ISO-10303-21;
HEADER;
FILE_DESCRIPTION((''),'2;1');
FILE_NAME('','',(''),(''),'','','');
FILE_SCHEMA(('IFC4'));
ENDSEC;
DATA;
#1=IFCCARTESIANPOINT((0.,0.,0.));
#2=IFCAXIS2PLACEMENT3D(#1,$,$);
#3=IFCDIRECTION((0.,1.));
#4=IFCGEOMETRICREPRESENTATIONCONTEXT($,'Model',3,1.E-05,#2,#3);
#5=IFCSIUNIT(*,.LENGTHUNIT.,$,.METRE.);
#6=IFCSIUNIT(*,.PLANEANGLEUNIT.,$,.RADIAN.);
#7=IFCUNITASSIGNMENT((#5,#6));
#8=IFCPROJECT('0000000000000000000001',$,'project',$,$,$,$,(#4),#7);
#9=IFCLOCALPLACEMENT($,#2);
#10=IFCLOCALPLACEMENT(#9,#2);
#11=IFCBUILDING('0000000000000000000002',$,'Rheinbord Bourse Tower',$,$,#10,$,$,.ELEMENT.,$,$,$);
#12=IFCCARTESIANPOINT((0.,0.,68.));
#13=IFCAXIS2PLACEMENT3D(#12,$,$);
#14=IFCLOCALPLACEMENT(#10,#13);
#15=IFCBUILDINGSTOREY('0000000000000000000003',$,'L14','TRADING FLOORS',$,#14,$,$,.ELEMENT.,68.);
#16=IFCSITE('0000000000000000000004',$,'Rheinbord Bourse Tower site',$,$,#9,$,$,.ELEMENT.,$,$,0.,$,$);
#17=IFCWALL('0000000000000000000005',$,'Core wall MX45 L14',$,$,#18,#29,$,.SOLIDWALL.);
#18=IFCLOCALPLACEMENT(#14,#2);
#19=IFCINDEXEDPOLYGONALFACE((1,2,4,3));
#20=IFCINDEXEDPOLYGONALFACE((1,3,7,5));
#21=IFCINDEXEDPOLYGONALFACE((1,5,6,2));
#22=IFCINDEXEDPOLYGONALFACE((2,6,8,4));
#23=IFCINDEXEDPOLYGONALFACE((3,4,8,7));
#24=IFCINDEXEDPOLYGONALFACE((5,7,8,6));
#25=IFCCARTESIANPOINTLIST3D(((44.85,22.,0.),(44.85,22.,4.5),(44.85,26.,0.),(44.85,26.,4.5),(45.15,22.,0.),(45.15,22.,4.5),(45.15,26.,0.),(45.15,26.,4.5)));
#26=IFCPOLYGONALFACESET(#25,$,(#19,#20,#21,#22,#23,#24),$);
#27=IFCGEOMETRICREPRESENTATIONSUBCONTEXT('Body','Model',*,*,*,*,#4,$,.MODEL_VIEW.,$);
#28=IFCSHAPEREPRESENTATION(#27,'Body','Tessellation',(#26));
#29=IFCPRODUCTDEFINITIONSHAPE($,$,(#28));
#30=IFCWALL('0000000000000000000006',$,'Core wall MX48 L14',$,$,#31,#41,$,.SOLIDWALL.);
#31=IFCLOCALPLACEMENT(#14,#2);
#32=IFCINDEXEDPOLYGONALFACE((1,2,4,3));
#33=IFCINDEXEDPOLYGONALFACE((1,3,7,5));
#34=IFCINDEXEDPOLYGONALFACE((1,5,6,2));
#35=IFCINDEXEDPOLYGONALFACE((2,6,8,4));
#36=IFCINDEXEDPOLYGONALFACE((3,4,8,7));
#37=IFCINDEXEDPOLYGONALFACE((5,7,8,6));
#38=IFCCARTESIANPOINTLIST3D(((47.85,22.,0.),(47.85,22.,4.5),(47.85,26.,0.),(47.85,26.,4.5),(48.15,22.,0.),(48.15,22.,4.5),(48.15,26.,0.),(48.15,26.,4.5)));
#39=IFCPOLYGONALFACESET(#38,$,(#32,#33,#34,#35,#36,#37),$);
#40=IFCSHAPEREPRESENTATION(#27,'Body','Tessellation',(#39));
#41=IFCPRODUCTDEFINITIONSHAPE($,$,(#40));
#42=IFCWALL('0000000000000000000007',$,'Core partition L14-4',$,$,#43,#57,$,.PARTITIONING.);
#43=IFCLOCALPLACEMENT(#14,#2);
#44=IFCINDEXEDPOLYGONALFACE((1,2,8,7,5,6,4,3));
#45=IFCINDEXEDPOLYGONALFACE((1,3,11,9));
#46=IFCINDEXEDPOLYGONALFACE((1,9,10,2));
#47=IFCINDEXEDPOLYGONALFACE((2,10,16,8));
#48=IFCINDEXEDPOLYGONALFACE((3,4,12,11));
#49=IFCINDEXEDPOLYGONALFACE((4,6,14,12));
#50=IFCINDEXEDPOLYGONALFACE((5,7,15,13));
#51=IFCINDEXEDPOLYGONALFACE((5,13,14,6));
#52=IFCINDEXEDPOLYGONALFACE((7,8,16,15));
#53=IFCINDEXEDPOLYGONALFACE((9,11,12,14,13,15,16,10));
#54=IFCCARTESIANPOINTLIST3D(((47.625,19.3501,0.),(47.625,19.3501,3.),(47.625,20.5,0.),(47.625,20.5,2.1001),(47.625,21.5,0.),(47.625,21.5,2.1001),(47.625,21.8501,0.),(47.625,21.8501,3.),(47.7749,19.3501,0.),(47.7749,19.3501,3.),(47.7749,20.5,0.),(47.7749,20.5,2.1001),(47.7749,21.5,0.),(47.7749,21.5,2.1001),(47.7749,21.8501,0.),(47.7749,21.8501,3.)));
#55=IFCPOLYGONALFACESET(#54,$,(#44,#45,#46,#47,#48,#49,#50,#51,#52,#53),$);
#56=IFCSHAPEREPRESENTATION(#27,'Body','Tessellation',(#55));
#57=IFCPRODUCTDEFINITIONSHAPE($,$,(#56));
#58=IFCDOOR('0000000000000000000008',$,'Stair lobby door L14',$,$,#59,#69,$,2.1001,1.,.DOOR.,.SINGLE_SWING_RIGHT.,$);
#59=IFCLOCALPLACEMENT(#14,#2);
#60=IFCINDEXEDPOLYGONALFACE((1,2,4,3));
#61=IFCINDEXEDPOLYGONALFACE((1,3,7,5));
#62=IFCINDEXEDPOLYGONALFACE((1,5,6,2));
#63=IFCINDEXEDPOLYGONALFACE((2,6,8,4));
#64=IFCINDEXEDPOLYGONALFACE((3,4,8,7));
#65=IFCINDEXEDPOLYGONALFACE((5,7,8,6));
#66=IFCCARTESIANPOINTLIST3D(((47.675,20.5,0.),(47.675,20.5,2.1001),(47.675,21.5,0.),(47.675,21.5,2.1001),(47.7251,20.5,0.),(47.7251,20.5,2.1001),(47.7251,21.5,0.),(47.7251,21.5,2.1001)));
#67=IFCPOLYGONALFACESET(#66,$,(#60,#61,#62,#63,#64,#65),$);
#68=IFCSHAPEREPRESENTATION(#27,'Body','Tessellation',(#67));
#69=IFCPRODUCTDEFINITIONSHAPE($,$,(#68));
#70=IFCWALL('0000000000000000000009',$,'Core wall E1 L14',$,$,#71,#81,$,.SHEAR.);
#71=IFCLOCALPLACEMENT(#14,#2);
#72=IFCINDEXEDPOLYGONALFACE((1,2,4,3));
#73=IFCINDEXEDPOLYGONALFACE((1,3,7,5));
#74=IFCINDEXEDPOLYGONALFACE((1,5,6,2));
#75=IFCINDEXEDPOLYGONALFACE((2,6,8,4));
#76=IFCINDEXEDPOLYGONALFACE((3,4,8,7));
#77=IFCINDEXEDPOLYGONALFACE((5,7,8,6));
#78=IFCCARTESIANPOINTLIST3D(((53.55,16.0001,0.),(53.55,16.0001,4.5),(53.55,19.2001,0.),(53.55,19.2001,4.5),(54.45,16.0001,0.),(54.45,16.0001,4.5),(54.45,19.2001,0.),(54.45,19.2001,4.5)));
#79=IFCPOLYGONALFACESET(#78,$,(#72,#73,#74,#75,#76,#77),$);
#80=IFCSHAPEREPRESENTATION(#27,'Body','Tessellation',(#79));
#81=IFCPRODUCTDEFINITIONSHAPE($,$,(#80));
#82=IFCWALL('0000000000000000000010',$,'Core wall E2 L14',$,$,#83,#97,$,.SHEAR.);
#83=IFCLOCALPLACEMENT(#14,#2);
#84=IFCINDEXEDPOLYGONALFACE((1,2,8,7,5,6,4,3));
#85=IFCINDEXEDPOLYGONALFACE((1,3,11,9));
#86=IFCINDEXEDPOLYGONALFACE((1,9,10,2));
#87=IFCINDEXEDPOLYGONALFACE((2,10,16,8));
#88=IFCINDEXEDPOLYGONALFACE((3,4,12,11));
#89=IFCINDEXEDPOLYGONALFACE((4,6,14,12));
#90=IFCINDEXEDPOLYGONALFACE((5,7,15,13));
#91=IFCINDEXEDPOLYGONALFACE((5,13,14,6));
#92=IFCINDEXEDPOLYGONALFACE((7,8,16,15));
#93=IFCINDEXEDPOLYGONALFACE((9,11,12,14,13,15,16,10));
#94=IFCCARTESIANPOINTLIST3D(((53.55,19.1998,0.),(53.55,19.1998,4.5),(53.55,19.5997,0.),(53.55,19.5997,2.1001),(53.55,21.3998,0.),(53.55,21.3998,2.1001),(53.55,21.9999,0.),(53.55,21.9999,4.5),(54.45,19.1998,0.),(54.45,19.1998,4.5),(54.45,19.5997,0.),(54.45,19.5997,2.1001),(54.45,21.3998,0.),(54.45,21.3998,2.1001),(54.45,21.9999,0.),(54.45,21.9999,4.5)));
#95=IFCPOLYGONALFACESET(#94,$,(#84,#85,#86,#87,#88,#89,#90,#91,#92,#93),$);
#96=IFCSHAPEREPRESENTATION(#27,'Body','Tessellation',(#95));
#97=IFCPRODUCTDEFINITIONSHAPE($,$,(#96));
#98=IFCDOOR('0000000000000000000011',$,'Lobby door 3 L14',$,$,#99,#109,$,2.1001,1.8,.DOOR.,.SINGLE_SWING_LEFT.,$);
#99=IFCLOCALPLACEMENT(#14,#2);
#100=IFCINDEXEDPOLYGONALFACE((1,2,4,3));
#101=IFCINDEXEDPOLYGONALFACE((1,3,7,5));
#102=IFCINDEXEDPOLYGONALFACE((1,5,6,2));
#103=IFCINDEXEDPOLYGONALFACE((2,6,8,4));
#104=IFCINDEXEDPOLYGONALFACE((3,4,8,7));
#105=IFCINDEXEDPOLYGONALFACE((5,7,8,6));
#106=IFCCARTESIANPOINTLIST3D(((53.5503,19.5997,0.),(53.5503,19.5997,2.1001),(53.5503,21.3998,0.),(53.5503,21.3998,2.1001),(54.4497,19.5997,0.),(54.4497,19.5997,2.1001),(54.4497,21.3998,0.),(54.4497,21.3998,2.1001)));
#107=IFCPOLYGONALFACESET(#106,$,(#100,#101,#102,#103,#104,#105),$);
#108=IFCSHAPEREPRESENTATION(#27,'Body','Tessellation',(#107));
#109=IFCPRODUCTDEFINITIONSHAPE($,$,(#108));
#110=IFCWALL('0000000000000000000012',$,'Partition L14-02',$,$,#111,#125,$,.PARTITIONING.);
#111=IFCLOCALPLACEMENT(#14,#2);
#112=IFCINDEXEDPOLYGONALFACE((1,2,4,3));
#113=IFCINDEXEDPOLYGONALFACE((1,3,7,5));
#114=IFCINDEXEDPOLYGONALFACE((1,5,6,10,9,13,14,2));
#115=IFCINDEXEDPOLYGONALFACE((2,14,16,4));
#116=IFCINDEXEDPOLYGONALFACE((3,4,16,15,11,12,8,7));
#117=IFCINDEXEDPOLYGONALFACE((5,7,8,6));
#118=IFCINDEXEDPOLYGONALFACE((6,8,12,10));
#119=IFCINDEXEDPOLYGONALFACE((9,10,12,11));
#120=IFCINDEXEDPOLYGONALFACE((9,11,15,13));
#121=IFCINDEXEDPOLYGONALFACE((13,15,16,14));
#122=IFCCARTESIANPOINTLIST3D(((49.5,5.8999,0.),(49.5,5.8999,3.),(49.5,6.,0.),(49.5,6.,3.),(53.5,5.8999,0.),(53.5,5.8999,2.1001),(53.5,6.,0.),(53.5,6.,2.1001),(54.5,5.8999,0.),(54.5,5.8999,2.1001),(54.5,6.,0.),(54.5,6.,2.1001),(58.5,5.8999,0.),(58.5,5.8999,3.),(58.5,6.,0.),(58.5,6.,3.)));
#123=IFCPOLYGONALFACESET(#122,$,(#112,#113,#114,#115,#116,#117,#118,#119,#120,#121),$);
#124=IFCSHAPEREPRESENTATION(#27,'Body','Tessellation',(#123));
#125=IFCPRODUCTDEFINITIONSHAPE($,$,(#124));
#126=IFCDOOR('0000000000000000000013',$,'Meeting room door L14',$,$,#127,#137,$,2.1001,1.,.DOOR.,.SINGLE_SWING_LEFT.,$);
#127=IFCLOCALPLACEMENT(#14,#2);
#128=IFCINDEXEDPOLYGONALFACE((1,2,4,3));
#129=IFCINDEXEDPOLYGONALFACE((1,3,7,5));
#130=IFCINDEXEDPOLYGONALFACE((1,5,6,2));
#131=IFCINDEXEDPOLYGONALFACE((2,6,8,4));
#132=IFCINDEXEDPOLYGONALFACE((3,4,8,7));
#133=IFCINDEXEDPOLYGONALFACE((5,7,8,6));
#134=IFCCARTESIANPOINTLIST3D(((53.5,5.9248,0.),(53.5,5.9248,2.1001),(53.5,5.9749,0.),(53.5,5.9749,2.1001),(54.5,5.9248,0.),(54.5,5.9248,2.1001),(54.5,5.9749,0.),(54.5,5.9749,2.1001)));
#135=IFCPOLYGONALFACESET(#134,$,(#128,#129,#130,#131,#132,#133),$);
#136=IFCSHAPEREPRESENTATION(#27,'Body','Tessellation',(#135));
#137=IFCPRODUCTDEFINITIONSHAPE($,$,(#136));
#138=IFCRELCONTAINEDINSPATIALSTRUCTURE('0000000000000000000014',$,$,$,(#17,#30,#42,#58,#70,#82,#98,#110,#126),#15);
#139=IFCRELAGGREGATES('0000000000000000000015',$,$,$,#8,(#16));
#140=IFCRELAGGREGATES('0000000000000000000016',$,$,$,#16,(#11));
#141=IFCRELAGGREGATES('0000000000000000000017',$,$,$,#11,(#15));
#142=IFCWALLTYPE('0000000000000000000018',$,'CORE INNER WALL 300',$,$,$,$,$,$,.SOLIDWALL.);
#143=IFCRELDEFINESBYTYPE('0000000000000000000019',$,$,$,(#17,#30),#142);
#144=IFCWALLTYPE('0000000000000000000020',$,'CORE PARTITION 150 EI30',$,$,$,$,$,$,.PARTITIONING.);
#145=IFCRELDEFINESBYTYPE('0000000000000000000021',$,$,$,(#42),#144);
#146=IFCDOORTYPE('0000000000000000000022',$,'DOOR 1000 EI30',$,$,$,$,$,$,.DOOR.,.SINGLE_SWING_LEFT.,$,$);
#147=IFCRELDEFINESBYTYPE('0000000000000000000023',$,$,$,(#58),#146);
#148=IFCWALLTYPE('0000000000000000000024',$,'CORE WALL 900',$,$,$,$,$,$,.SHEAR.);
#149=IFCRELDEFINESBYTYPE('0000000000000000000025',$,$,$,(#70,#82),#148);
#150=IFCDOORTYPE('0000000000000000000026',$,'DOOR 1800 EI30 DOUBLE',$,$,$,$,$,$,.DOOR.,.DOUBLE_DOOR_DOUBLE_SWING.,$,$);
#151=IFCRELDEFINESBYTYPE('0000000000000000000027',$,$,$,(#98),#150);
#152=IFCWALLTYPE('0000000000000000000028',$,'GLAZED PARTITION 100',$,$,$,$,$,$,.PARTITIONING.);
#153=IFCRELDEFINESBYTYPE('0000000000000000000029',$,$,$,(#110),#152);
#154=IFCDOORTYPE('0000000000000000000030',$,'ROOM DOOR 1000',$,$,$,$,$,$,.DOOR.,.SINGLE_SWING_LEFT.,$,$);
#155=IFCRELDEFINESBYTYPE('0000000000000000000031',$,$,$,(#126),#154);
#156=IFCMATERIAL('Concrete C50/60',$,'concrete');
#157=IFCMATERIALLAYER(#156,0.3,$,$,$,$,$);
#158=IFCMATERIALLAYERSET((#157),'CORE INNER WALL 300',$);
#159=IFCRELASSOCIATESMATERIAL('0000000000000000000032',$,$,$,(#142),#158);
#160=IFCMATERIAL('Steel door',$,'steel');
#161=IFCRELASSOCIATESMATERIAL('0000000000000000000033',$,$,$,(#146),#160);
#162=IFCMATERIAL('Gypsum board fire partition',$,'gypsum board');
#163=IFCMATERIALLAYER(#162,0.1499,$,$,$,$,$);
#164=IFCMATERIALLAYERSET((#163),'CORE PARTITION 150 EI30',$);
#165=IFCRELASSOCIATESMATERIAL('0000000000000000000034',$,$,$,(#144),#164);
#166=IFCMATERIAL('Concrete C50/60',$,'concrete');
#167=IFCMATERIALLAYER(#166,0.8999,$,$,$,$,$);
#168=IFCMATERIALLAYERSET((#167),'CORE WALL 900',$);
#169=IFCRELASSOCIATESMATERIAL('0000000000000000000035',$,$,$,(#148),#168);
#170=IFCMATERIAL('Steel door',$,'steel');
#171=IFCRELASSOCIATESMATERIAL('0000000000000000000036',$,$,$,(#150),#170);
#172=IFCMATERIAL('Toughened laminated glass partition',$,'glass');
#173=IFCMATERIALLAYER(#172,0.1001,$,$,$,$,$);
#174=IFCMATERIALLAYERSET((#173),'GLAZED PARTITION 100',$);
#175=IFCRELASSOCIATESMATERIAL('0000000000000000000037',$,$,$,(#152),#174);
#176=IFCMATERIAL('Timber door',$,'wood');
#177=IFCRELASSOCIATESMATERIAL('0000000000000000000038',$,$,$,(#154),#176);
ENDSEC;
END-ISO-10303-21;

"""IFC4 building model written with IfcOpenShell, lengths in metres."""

from ifc_helpers import new_model, si_unit, direction, frame, frame_2d, origin, place, context, subcontext, project, spatial, rectangle, extrude, material, layer, layer_set, type_object, element, fill, save


model = new_model("IFC4")

# Units and contexts
model_context = context("Model", 3, precision=1e-05, world=origin(), true_north=direction((0.0, 1.0)))
body_context = subcontext(model_context, "Body", "Model", "MODEL_VIEW")
ifc_project = project(units=[si_unit("LENGTHUNIT", "METRE"), si_unit("PLANEANGLEUNIT", "RADIAN")], contexts=[model_context])

# Site, building, storey
site_placement = place(None, origin())
site = spatial("IfcSite", under=ifc_project, at=site_placement, Name="Rheinbord Bourse Tower site", CompositionType="ELEMENT", RefElevation=0.0)
building_placement = place(site_placement, origin())
building = spatial("IfcBuilding", under=site, at=building_placement, Name="Rheinbord Bourse Tower", CompositionType="ELEMENT")
storey_placement = place(building_placement, frame((0.0, 0.0, 68.0)))
storey = spatial("IfcBuildingStorey", under=building, at=storey_placement, Name="L14", Description="TRADING FLOORS", CompositionType="ELEMENT", Elevation=68.0)

# Shared definitions
ifc_material_1 = material(Name="Concrete C50/60", Category="concrete")
ifc_layer_1 = layer(ifc_material_1, 0.3)
ifc_layer_set_1 = layer_set([ifc_layer_1], Name="CORE INNER WALL 300")
wall_type_1 = type_object("IfcWallType", Name="CORE INNER WALL 300", PredefinedType="SOLIDWALL", material=ifc_layer_set_1)

# Shared definitions
ifc_material_2 = material(Name="Steel door", Category="steel")
door_type_1 = type_object("IfcDoorType", Name="DOOR 1000 EI30", OperationType="SINGLE_SWING_LEFT", PredefinedType="DOOR", material=ifc_material_2)

# Walls
for number, where, z_axis, x_axis, name in (
    (1, (45.0, 22.0, 0.0), (0.0, 0.0, 1.0), (0.0, 1.0, 0.0), "Core wall MX45 L14"),
    (2, (48.0, 22.0, 0.0), (0.0, 0.0, 1.0), (0.0, 1.0, 0.0), "Core wall MX48 L14"),
):
    element("IfcWall", number, at=place(storey_placement, frame(where, z_axis=z_axis, x_axis=x_axis)), inside=storey, type_object=wall_type_1, Name=name, PredefinedType="SOLIDWALL", context=body_context, shape_type="SweptSolid", body=[
        extrude(rectangle(XDim=4.0, YDim=0.3, at=frame_2d((2.0, 0.0))), origin(), (0.0, 0.0, 1.0), 4.5),
    ])

# Wall, opening, door
ifc_material_3 = material(Name="Gypsum board fire partition", Category="gypsum board")
ifc_layer_2 = layer(ifc_material_3, 0.1499)
ifc_layer_set_2 = layer_set([ifc_layer_2], Name="CORE PARTITION 150 EI30")
wall_type_2 = type_object("IfcWallType", Name="CORE PARTITION 150 EI30", PredefinedType="PARTITIONING", material=ifc_layer_set_2)
wall_1_placement = place(storey_placement, frame((47.7, 19.3501, 0.0), z_axis=(0.0, 0.0, 1.0), x_axis=(0.0, 1.0, 0.0)))
wall_1 = element("IfcWall", 3, at=wall_1_placement, inside=storey, type_object=wall_type_2, Name="Core partition L14-4", PredefinedType="PARTITIONING", context=body_context, shape_type="SweptSolid", body=[
    extrude(rectangle(XDim=2.5, YDim=0.1499, at=frame_2d((1.25, 0.0))), origin(), (0.0, 0.0, 1.0), 3.0),
])
opening_1_placement = place(wall_1_placement, frame((1.1499, 0.0, 0.0)))
opening_1 = element("IfcOpeningElement", 4, at=opening_1_placement, cuts=wall_1, PredefinedType="OPENING", context=body_context, shape_type="SweptSolid", body=[
    extrude(rectangle(XDim=1.0, YDim=2.1001, at=frame_2d((0.5, 1.05))), frame((0.0, 0.085, 0.0), z_axis=(0.0, -1.0, 0.0), x_axis=(1.0, 0.0, 0.0)), (0.0, 0.0, 1.0), 0.1699),
])
door_1_placement = place(opening_1_placement, origin())
door_1 = element("IfcDoor", 5, at=door_1_placement, inside=storey, type_object=door_type_1, Name="Stair lobby door L14", OperationType="SINGLE_SWING_RIGHT", OverallHeight=2.1001, OverallWidth=1.0, PredefinedType="DOOR", context=body_context, shape_type="SweptSolid", body=[
    extrude(rectangle(XDim=1.0, YDim=2.1001, at=frame_2d((0.5, 1.05))), frame((0.0, 0.0249, 0.0), z_axis=(0.0, -1.0, 0.0), x_axis=(1.0, 0.0, 0.0)), (0.0, 0.0, 1.0), 0.05),
])
fill(opening_1, door_1)

# Wall
ifc_material_4 = material(Name="Concrete C50/60", Category="concrete")
ifc_layer_3 = layer(ifc_material_4, 0.8999)
ifc_layer_set_3 = layer_set([ifc_layer_3], Name="CORE WALL 900")
wall_type_3 = type_object("IfcWallType", Name="CORE WALL 900", PredefinedType="SHEAR", material=ifc_layer_set_3)
wall_2_placement = place(storey_placement, frame((54.0, 16.0, 0.0), z_axis=(0.0, 0.0, 1.0), x_axis=(0.0, 1.0, 0.0)))
element("IfcWall", 6, at=wall_2_placement, inside=storey, type_object=wall_type_3, Name="Core wall E1 L14", PredefinedType="SHEAR", context=body_context, shape_type="SweptSolid", body=[
    extrude(rectangle(XDim=3.2, YDim=0.8999, at=frame_2d((1.6001, 0.0))), origin(), (0.0, 0.0, 1.0), 4.5),
])

# Walls, openings, doors
wall_3_placement = place(storey_placement, frame((54.0, 19.2, 0.0), z_axis=(0.0, 0.0, 1.0), x_axis=(0.0, 1.0, 0.0)))
wall_3 = element("IfcWall", 7, at=wall_3_placement, inside=storey, type_object=wall_type_3, Name="Core wall E2 L14", PredefinedType="SHEAR", context=body_context, shape_type="SweptSolid", body=[
    extrude(rectangle(XDim=2.8, YDim=0.8999, at=frame_2d((1.3999, 0.0))), origin(), (0.0, 0.0, 1.0), 4.5),
])
opening_2_placement = place(wall_3_placement, frame((0.3999, 0.0, 0.0)))
opening_2 = element("IfcOpeningElement", 8, at=opening_2_placement, cuts=wall_3, PredefinedType="OPENING", context=body_context, shape_type="SweptSolid", body=[
    extrude(rectangle(XDim=1.8, YDim=2.1001, at=frame_2d((0.8999, 1.05))), frame((0.0, 0.46, 0.0), z_axis=(0.0, -1.0, 0.0), x_axis=(1.0, 0.0, 0.0)), (0.0, 0.0, 1.0), 0.9199),
])
ifc_material_5 = material(Name="Steel door", Category="steel")
door_type_2 = type_object("IfcDoorType", Name="DOOR 1800 EI30 DOUBLE", OperationType="DOUBLE_DOOR_DOUBLE_SWING", PredefinedType="DOOR", material=ifc_material_5)
door_2_placement = place(opening_2_placement, origin())
door_2 = element("IfcDoor", 9, at=door_2_placement, inside=storey, type_object=door_type_2, Name="Lobby door 3 L14", OperationType="SINGLE_SWING_LEFT", OverallHeight=2.1001, OverallWidth=1.8, PredefinedType="DOOR", context=body_context, shape_type="SweptSolid", body=[
    extrude(rectangle(XDim=1.8, YDim=2.1001, at=frame_2d((0.8999, 1.05))), frame((0.0, 0.4497, 0.0), z_axis=(0.0, -1.0, 0.0), x_axis=(1.0, 0.0, 0.0)), (0.0, 0.0, 1.0), 0.8994),
])
fill(opening_2, door_2)
ifc_material_6 = material(Name="Toughened laminated glass partition", Category="glass")
ifc_layer_4 = layer(ifc_material_6, 0.1001)
ifc_layer_set_4 = layer_set([ifc_layer_4], Name="GLAZED PARTITION 100")
wall_type_4 = type_object("IfcWallType", Name="GLAZED PARTITION 100", PredefinedType="PARTITIONING", material=ifc_layer_set_4)
wall_4_placement = place(storey_placement, frame((49.5, 5.95, 0.0), z_axis=(0.0, 0.0, 1.0), x_axis=(1.0, 0.0, 0.0)))
wall_4 = element("IfcWall", 10, at=wall_4_placement, inside=storey, type_object=wall_type_4, Name="Partition L14-02", PredefinedType="PARTITIONING", context=body_context, shape_type="SweptSolid", body=[
    extrude(rectangle(XDim=9.0, YDim=0.1001, at=frame_2d((4.5, 0.0))), origin(), (0.0, 0.0, 1.0), 3.0),
])
opening_3_placement = place(wall_4_placement, frame((4.0, 0.0, 0.0)))
opening_3 = element("IfcOpeningElement", 11, at=opening_3_placement, cuts=wall_4, PredefinedType="OPENING", context=body_context, shape_type="SweptSolid", body=[
    extrude(rectangle(XDim=1.0, YDim=2.1001, at=frame_2d((0.5, 1.05))), frame((0.0, 0.0601, 0.0), z_axis=(0.0, -1.0, 0.0), x_axis=(1.0, 0.0, 0.0)), (0.0, 0.0, 1.0), 0.1201),
])
ifc_material_7 = material(Name="Timber door", Category="wood")
door_type_3 = type_object("IfcDoorType", Name="ROOM DOOR 1000", OperationType="SINGLE_SWING_LEFT", PredefinedType="DOOR", material=ifc_material_7)
door_3_placement = place(opening_3_placement, origin())
door_3 = element("IfcDoor", 12, at=door_3_placement, inside=storey, type_object=door_type_3, Name="Meeting room door L14", OperationType="SINGLE_SWING_LEFT", OverallHeight=2.1001, OverallWidth=1.0, PredefinedType="DOOR", context=body_context, shape_type="SweptSolid", body=[
    extrude(rectangle(XDim=1.0, YDim=2.1001, at=frame_2d((0.5, 1.05))), frame((0.0, 0.0249, 0.0), z_axis=(0.0, -1.0, 0.0), x_axis=(1.0, 0.0, 0.0)), (0.0, 0.0, 1.0), 0.05),
])
fill(opening_3, door_3)

save(model, "model.ifc")
